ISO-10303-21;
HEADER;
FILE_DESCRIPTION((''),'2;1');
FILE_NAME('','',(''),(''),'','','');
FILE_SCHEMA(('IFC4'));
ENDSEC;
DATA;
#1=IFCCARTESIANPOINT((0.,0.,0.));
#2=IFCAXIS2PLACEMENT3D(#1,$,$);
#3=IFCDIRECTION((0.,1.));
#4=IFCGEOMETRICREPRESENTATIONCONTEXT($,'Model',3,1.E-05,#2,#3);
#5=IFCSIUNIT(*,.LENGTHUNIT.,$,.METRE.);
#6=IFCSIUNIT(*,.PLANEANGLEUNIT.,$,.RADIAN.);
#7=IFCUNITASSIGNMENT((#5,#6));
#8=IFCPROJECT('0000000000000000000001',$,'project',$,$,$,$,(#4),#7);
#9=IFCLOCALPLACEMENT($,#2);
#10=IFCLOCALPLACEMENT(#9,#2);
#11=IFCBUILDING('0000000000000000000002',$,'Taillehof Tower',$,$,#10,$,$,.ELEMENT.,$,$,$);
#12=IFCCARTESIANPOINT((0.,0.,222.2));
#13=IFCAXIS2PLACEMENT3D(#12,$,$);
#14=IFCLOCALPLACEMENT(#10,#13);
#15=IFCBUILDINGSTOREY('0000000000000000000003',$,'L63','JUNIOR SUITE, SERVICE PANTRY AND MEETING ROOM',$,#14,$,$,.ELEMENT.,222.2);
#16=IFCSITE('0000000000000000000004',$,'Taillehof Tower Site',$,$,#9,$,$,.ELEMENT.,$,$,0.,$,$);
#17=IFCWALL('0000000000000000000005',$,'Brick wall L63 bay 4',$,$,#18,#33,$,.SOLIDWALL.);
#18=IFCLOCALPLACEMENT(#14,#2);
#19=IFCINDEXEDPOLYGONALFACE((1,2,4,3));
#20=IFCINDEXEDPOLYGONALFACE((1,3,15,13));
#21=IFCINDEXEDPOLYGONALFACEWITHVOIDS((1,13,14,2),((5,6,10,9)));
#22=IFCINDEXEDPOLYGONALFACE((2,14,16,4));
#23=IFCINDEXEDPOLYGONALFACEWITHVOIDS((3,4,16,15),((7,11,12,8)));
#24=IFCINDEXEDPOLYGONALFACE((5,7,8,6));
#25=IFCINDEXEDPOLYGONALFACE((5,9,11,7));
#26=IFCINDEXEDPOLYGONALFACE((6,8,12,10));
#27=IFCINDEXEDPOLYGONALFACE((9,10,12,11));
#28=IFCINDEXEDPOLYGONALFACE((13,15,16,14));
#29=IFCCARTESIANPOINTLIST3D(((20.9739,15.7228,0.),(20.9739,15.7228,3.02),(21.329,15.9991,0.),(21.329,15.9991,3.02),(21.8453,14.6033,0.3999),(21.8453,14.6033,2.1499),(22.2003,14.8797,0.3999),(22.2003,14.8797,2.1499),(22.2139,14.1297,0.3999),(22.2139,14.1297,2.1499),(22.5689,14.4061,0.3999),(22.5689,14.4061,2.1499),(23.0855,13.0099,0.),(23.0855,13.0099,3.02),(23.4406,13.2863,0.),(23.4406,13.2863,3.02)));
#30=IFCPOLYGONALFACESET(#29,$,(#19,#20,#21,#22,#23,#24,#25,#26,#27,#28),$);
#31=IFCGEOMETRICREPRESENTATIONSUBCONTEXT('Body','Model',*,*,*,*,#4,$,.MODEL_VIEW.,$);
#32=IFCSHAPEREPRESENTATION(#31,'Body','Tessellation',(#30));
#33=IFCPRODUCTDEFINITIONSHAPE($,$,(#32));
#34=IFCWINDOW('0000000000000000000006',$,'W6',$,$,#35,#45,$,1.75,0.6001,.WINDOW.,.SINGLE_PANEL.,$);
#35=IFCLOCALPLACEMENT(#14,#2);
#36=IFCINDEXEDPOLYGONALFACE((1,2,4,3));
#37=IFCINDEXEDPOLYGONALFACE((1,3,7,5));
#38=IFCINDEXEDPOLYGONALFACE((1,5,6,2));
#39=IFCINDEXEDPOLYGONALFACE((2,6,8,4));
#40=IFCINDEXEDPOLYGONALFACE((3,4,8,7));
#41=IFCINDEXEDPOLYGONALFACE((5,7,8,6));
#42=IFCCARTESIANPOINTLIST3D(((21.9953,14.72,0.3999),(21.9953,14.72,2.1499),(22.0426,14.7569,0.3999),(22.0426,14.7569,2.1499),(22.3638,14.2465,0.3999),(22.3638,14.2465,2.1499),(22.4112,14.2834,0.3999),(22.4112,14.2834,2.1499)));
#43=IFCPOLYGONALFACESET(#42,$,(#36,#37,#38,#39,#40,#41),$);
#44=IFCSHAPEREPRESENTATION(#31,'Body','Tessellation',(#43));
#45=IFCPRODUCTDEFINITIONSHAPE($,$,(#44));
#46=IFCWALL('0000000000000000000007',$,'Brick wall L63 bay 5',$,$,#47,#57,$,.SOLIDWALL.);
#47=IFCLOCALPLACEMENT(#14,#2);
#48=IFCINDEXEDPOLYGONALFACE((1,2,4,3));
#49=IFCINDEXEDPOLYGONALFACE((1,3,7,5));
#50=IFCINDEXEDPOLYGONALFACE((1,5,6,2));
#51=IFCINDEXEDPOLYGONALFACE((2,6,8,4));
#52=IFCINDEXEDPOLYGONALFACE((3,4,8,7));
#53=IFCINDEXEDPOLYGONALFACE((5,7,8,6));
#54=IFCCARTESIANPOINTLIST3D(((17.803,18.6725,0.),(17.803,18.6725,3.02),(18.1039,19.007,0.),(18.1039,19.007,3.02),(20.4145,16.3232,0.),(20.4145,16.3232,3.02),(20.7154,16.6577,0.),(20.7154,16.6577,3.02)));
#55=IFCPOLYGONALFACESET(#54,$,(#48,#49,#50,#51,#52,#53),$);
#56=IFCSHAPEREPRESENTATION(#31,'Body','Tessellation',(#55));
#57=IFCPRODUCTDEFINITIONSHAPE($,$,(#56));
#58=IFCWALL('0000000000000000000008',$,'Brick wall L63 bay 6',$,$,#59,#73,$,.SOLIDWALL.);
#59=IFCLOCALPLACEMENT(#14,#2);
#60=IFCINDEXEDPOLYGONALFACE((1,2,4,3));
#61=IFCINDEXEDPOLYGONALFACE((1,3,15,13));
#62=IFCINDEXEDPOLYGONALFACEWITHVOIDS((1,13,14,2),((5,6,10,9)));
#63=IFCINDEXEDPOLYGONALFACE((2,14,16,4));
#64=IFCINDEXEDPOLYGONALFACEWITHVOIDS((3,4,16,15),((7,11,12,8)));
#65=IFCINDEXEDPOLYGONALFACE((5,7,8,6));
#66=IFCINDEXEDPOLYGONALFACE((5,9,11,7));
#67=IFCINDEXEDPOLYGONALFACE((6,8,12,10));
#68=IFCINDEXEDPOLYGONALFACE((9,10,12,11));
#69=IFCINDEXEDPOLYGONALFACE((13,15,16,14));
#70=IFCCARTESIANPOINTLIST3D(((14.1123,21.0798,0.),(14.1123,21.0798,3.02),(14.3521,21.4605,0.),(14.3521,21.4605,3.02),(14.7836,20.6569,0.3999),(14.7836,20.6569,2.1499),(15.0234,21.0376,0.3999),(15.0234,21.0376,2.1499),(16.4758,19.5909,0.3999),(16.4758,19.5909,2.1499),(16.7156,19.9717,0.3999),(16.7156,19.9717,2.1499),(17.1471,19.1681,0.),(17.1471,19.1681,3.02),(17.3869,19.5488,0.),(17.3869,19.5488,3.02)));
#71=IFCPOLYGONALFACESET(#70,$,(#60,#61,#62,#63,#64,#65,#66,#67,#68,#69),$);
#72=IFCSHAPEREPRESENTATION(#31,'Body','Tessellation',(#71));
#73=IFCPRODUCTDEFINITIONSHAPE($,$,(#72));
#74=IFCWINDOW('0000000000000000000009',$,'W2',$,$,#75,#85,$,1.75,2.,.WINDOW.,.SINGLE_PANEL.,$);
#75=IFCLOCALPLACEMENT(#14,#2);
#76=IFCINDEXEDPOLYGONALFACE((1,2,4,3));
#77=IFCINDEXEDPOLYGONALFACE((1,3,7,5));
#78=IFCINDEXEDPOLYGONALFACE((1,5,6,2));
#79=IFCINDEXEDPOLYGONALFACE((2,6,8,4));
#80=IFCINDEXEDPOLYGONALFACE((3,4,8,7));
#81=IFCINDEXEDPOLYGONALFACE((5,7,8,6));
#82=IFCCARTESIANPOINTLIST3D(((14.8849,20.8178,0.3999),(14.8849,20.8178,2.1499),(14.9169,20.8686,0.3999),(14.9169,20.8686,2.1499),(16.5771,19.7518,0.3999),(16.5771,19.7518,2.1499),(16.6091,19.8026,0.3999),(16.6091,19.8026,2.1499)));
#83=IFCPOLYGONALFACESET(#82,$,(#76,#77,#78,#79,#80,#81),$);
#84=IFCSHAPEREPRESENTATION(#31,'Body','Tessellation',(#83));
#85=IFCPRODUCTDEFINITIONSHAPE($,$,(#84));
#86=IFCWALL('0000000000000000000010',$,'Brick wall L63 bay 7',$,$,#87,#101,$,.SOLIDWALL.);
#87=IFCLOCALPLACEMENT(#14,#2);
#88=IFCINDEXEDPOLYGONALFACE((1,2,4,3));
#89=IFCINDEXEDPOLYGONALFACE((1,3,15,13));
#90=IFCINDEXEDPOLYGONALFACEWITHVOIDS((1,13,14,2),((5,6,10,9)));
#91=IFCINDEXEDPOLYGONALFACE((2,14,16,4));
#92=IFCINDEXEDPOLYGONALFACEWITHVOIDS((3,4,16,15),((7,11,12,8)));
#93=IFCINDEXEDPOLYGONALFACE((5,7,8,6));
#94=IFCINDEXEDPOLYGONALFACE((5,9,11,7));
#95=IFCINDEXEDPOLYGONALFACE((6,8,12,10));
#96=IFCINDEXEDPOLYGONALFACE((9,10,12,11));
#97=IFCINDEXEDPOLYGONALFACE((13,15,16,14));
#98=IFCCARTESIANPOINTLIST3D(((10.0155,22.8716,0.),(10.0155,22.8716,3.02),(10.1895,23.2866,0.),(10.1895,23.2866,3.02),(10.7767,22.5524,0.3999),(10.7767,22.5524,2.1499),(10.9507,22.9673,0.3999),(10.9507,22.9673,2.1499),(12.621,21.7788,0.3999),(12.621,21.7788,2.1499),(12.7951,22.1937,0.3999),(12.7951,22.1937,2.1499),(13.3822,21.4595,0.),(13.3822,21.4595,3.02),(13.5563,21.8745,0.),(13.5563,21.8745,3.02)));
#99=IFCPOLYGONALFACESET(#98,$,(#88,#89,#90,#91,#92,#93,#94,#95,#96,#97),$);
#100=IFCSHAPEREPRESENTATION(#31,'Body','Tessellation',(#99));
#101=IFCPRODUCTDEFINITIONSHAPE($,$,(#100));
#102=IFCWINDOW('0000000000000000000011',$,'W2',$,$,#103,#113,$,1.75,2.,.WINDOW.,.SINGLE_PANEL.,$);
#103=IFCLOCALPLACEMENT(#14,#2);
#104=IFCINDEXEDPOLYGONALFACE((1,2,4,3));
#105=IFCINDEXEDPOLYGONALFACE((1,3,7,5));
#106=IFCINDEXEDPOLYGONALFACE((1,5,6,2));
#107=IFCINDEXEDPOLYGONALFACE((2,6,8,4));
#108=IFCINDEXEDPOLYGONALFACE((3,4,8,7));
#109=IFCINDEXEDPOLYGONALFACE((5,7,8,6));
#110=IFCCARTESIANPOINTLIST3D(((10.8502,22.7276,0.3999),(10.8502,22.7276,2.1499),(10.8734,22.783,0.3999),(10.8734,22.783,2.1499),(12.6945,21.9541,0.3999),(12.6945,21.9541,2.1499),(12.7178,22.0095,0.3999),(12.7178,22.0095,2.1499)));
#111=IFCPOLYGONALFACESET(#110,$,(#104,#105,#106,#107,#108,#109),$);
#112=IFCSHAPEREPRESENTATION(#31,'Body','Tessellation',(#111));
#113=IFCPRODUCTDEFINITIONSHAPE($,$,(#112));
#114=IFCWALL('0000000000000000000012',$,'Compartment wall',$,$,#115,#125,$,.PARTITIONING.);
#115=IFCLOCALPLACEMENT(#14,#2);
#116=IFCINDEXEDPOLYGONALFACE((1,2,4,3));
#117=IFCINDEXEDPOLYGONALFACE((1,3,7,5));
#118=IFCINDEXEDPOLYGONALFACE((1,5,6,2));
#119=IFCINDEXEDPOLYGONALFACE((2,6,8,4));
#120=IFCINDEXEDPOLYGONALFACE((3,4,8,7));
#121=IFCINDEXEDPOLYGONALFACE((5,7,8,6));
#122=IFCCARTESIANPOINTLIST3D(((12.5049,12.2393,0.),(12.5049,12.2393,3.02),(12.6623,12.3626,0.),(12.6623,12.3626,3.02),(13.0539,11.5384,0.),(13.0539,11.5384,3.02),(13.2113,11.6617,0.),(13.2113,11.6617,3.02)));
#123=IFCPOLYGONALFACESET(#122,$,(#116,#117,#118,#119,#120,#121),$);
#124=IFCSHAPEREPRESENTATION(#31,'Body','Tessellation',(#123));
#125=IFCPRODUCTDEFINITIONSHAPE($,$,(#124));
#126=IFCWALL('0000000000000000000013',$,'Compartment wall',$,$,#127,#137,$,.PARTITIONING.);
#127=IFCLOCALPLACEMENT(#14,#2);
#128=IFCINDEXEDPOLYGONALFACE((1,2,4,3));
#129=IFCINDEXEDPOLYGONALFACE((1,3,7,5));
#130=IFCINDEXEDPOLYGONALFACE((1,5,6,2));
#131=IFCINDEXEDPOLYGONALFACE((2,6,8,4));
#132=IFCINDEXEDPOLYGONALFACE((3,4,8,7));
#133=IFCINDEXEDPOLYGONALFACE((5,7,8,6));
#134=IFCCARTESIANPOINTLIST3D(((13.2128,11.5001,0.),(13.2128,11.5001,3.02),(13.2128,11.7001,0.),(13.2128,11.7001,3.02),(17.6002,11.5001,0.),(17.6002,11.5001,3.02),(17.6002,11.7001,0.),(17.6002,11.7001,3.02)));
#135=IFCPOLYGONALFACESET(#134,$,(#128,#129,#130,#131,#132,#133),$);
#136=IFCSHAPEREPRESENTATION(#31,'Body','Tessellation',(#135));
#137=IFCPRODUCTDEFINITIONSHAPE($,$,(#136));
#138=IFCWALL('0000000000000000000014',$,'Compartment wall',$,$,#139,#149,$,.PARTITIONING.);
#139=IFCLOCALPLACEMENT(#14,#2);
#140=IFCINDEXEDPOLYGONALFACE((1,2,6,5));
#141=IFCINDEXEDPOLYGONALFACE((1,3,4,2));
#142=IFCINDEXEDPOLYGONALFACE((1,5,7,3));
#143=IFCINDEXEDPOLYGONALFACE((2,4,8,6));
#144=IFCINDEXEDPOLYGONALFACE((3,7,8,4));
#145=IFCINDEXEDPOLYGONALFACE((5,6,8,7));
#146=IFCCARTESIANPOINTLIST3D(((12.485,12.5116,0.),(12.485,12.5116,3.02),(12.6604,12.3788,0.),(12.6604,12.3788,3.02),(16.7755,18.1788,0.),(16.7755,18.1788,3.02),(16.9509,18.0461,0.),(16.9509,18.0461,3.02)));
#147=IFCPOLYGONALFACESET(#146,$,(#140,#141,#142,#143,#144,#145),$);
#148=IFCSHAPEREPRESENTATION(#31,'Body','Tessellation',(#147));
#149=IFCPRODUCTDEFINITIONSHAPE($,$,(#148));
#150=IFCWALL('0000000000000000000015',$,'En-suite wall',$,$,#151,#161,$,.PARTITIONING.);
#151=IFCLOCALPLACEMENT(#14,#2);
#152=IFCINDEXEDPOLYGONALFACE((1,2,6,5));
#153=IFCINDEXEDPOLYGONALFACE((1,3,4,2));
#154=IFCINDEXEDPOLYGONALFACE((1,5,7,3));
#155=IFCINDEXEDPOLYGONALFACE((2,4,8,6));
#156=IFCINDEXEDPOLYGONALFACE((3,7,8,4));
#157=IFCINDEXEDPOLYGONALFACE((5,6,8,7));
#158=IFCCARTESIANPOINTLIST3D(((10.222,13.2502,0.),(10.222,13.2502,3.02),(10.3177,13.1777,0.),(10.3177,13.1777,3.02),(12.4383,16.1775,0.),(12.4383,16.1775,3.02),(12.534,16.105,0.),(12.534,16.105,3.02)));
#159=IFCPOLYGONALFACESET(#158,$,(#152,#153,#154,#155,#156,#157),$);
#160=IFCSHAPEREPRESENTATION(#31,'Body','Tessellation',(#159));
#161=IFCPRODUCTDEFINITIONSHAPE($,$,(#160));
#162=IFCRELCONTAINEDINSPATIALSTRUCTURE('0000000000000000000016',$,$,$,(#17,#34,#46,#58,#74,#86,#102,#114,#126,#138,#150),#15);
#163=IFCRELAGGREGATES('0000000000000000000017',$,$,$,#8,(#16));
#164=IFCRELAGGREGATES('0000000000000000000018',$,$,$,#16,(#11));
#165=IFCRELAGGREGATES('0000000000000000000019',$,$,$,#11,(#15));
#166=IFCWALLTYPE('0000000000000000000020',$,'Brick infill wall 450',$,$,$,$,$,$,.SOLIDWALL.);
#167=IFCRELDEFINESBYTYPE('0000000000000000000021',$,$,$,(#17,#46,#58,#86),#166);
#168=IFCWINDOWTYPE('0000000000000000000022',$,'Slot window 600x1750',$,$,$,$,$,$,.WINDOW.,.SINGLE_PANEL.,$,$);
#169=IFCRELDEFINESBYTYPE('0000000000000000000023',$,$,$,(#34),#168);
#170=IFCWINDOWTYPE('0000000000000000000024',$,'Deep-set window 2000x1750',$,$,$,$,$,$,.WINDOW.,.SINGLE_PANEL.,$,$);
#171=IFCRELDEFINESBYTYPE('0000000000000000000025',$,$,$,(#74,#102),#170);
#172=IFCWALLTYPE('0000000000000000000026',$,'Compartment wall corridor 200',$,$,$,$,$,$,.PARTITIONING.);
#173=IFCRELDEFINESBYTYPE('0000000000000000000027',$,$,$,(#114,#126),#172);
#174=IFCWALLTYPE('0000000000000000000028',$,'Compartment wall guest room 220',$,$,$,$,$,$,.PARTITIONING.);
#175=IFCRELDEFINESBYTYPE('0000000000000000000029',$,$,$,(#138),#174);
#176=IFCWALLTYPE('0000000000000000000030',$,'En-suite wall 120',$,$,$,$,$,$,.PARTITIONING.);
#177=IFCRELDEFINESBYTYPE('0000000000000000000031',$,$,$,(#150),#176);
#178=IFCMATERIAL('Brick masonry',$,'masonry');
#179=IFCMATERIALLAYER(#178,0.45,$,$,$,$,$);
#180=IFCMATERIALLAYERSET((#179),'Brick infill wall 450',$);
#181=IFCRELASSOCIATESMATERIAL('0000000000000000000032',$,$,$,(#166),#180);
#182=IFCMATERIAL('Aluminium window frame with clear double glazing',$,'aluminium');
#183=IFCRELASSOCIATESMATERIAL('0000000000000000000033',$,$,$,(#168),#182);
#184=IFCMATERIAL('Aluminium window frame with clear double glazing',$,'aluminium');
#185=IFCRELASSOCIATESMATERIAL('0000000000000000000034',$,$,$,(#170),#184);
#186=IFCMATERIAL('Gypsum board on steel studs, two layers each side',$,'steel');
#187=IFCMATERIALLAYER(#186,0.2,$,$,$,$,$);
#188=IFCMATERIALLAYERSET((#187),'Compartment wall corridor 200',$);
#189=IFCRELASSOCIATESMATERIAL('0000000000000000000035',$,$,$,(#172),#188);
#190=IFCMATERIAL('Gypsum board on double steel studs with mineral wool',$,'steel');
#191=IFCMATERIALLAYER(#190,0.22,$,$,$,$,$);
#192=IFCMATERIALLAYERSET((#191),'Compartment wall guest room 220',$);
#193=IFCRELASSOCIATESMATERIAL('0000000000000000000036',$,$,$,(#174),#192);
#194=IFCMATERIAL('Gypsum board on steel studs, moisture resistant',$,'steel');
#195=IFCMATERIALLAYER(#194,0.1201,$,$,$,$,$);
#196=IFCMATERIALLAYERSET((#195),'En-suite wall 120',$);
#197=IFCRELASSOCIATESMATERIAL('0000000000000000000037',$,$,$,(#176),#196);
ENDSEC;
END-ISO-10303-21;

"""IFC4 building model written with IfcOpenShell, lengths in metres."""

from ifc_helpers import new_model, si_unit, direction, frame, frame_2d, origin, place, context, subcontext, project, spatial, rectangle, extrude, material, layer, layer_set, type_object, element, fill, save


model = new_model("IFC4")

# Units and contexts
model_context = context("Model", 3, precision=1e-05, world=origin(), true_north=direction((0.0, 1.0)))
body_context = subcontext(model_context, "Body", "Model", "MODEL_VIEW")
ifc_project = project(units=[si_unit("LENGTHUNIT", "METRE"), si_unit("PLANEANGLEUNIT", "RADIAN")], contexts=[model_context])

# Site, building, storey
site_placement = place(None, origin())
site = spatial("IfcSite", under=ifc_project, at=site_placement, Name="Taillehof Tower Site", CompositionType="ELEMENT", RefElevation=0.0)
building_placement = place(site_placement, origin())
building = spatial("IfcBuilding", under=site, at=building_placement, Name="Taillehof Tower", CompositionType="ELEMENT")
storey_placement = place(building_placement, frame((0.0, 0.0, 222.2)))
storey = spatial("IfcBuildingStorey", under=building, at=storey_placement, Name="L63", Description="JUNIOR SUITE, SERVICE PANTRY AND MEETING ROOM", CompositionType="ELEMENT", Elevation=222.2)

# Wall, opening, window
ifc_material_1 = material(Name="Brick masonry", Category="masonry")
ifc_layer_1 = layer(ifc_material_1, 0.45)
ifc_layer_set_1 = layer_set([ifc_layer_1], Name="Brick infill wall 450")
wall_type_1 = type_object("IfcWallType", Name="Brick infill wall 450", PredefinedType="SOLIDWALL", material=ifc_layer_set_1)
wall_1_placement = place(storey_placement, frame((23.2629, 13.1482, 0.0), z_axis=(0.0, 0.0, 1.0), x_axis=(-0.614221, 0.789134, 0.0)))
wall_1 = element("IfcWall", 1, at=wall_1_placement, inside=storey, type_object=wall_type_1, Name="Brick wall L63 bay 4", PredefinedType="SOLIDWALL", context=body_context, shape_type="SweptSolid", body=[
    extrude(rectangle(XDim=3.4377, YDim=0.45, at=frame_2d((1.7188, 0.0))), origin(), (0.0, 0.0, 1.0), 3.02),
])
opening_1_placement = place(wall_1_placement, frame((1.4189, 0.0, 0.3999)))
opening_1 = element("IfcOpeningElement", 2, at=opening_1_placement, cuts=wall_1, PredefinedType="OPENING", context=body_context, shape_type="SweptSolid", body=[
    extrude(rectangle(XDim=0.6001, YDim=1.75, at=frame_2d((0.3, 0.875))), frame((0.0, 0.2349, 0.0), z_axis=(0.0, -1.0, 0.0), x_axis=(1.0, 0.0, 0.0)), (0.0, 0.0, 1.0), 0.47),
])
ifc_material_2 = material(Name="Aluminium window frame with clear double glazing", Category="aluminium")
window_type_1 = type_object("IfcWindowType", Name="Slot window 600x1750", PartitioningType="SINGLE_PANEL", PredefinedType="WINDOW", material=ifc_material_2)
window_1_placement = place(opening_1_placement, origin())
window_1 = element("IfcWindow", 3, at=window_1_placement, inside=storey, type_object=window_type_1, Name="W6", OverallHeight=1.75, OverallWidth=0.6001, PartitioningType="SINGLE_PANEL", PredefinedType="WINDOW", context=body_context, shape_type="SweptSolid", body=[
    extrude(rectangle(XDim=0.6001, YDim=1.75, at=frame_2d((0.3, 0.875))), frame((0.0, 0.0349, 0.0), z_axis=(0.0, -1.0, 0.0), x_axis=(1.0, 0.0, 0.0)), (0.0, 0.0, 1.0), 0.0601),
])
fill(opening_1, window_1)

# Wall
wall_2_placement = place(storey_placement, frame((20.5649, 16.4905, 0.0), z_axis=(0.0, 0.0, 1.0), x_axis=(-0.743443, 0.6688, 0.0)))
element("IfcWall", 4, at=wall_2_placement, inside=storey, type_object=wall_type_1, Name="Brick wall L63 bay 5", PredefinedType="SOLIDWALL", context=body_context, shape_type="SweptSolid", body=[
    extrude(rectangle(XDim=3.5127, YDim=0.45, at=frame_2d((1.7563, 0.0))), origin(), (0.0, 0.0, 1.0), 3.02),
])

# Walls, openings, windows
wall_3_placement = place(storey_placement, frame((17.2671, 19.3584, 0.0), z_axis=(0.0, 0.0, 1.0), x_axis=(-0.846119, 0.532994, 0.0)))
wall_3 = element("IfcWall", 5, at=wall_3_placement, inside=storey, type_object=wall_type_1, Name="Brick wall L63 bay 6", PredefinedType="SOLIDWALL", context=body_context, shape_type="SweptSolid", body=[
    extrude(rectangle(XDim=3.5867, YDim=0.45, at=frame_2d((1.7935, 0.0))), origin(), (0.0, 0.0, 1.0), 3.02),
])
opening_2_placement = place(wall_3_placement, frame((0.7935, 0.0, 0.3999)))
opening_2 = element("IfcOpeningElement", 6, at=opening_2_placement, cuts=wall_3, PredefinedType="OPENING", context=body_context, shape_type="SweptSolid", body=[
    extrude(rectangle(XDim=2.0, YDim=1.75, at=frame_2d((1.0, 0.875))), frame((0.0, 0.2349, 0.0), z_axis=(0.0, -1.0, 0.0), x_axis=(1.0, 0.0, 0.0)), (0.0, 0.0, 1.0), 0.47),
])
ifc_material_3 = material(Name="Aluminium window frame with clear double glazing", Category="aluminium")
window_type_2 = type_object("IfcWindowType", Name="Deep-set window 2000x1750", PartitioningType="SINGLE_PANEL", PredefinedType="WINDOW", material=ifc_material_3)
window_2_placement = place(opening_2_placement, origin())
window_2 = element("IfcWindow", 7, at=window_2_placement, inside=storey, type_object=window_type_2, Name="W2", OverallHeight=1.75, OverallWidth=2.0, PartitioningType="SINGLE_PANEL", PredefinedType="WINDOW", context=body_context, shape_type="SweptSolid", body=[
    extrude(rectangle(XDim=2.0, YDim=1.75, at=frame_2d((1.0, 0.875))), frame((0.0, 0.0349, 0.0), z_axis=(0.0, -1.0, 0.0), x_axis=(1.0, 0.0, 0.0)), (0.0, 0.0, 1.0), 0.0601),
])
fill(opening_2, window_2)
wall_4_placement = place(storey_placement, frame((13.4692, 21.667, 0.0), z_axis=(0.0, 0.0, 1.0), x_axis=(-0.922168, 0.386789, 0.0)))
wall_4 = element("IfcWall", 8, at=wall_4_placement, inside=storey, type_object=wall_type_1, Name="Brick wall L63 bay 7", PredefinedType="SOLIDWALL", context=body_context, shape_type="SweptSolid", body=[
    extrude(rectangle(XDim=3.6509, YDim=0.45, at=frame_2d((1.8254, 0.0))), origin(), (0.0, 0.0, 1.0), 3.02),
])
opening_3_placement = place(wall_4_placement, frame((0.8254, 0.0, 0.3999)))
opening_3 = element("IfcOpeningElement", 9, at=opening_3_placement, cuts=wall_4, PredefinedType="OPENING", context=body_context, shape_type="SweptSolid", body=[
    extrude(rectangle(XDim=2.0, YDim=1.75, at=frame_2d((1.0, 0.875))), frame((0.0, 0.2349, 0.0), z_axis=(0.0, -1.0, 0.0), x_axis=(1.0, 0.0, 0.0)), (0.0, 0.0, 1.0), 0.47),
])
window_3_placement = place(opening_3_placement, origin())
window_3 = element("IfcWindow", 10, at=window_3_placement, inside=storey, type_object=window_type_2, Name="W2", OverallHeight=1.75, OverallWidth=2.0, PartitioningType="SINGLE_PANEL", PredefinedType="WINDOW", context=body_context, shape_type="SweptSolid", body=[
    extrude(rectangle(XDim=2.0, YDim=1.75, at=frame_2d((1.0, 0.875))), frame((0.0, 0.0349, 0.0), z_axis=(0.0, -1.0, 0.0), x_axis=(1.0, 0.0, 0.0)), (0.0, 0.0, 1.0), 0.0601),
])
fill(opening_3, window_3)

# Walls
ifc_material_4 = material(Name="Gypsum board on steel studs, two layers each side", Category="steel")
ifc_layer_2 = layer(ifc_material_4, 0.2)
ifc_layer_set_2 = layer_set([ifc_layer_2], Name="Compartment wall corridor 200")
wall_type_2 = type_object("IfcWallType", Name="Compartment wall corridor 200", PredefinedType="PARTITIONING", material=ifc_layer_set_2)
wall_5_placement = place(storey_placement, frame((12.5835, 12.301, 0.0), z_axis=(0.0, 0.0, 1.0), x_axis=(0.61667, -0.787221, 0.0)))
element("IfcWall", 11, at=wall_5_placement, inside=storey, type_object=wall_type_2, Name="Compartment wall", PredefinedType="PARTITIONING", context=body_context, shape_type="SweptSolid", body=[
    extrude(rectangle(XDim=0.8904, YDim=0.2, at=frame_2d((0.4453, 0.0))), origin(), (0.0, 0.0, 1.0), 3.02),
])
wall_6_placement = place(storey_placement, frame((13.2126, 11.6001, 0.0), z_axis=(0.0, 0.0, 1.0), x_axis=(1.0, 0.0, 0.0)))
element("IfcWall", 12, at=wall_6_placement, inside=storey, type_object=wall_type_2, Name="Compartment wall", PredefinedType="PARTITIONING", context=body_context, shape_type="SweptSolid", body=[
    extrude(rectangle(XDim=4.3875, YDim=0.2, at=frame_2d((2.1938, 0.0))), origin(), (0.0, 0.0, 1.0), 3.02),
])
ifc_material_5 = material(Name="Gypsum board on double steel studs with mineral wool", Category="steel")
ifc_layer_3 = layer(ifc_material_5, 0.22)
ifc_layer_set_3 = layer_set([ifc_layer_3], Name="Compartment wall guest room 220")
wall_type_3 = type_object("IfcWallType", Name="Compartment wall guest room 220", PredefinedType="PARTITIONING", material=ifc_layer_set_3)
wall_7_placement = place(storey_placement, frame((16.8633, 18.1125, 0.0), z_axis=(0.0, 0.0, 1.0), x_axis=(-0.603604, -0.797284, 0.0)))
element("IfcWall", 13, at=wall_7_placement, inside=storey, type_object=wall_type_3, Name="Compartment wall", PredefinedType="PARTITIONING", context=body_context, shape_type="SweptSolid", body=[
    extrude(rectangle(XDim=7.1082, YDim=0.22, at=frame_2d((3.5542, 0.0))), origin(), (0.0, 0.0, 1.0), 3.02),
])
ifc_material_6 = material(Name="Gypsum board on steel studs, moisture resistant", Category="steel")
ifc_layer_4 = layer(ifc_material_6, 0.1201)
ifc_layer_set_4 = layer_set([ifc_layer_4], Name="En-suite wall 120")
wall_type_4 = type_object("IfcWallType", Name="En-suite wall 120", PredefinedType="PARTITIONING", material=ifc_layer_set_4)
wall_8_placement = place(storey_placement, frame((10.2698, 13.2139, 0.0), z_axis=(0.0, 0.0, 1.0), x_axis=(0.603632, 0.797263, 0.0)))
element("IfcWall", 14, at=wall_8_placement, inside=storey, type_object=wall_type_4, Name="En-suite wall", PredefinedType="PARTITIONING", context=body_context, shape_type="SweptSolid", body=[
    extrude(rectangle(XDim=3.6716, YDim=0.1201, at=frame_2d((1.8359, 0.0))), origin(), (0.0, 0.0, 1.0), 3.02),
])

save(model, "model.ifc")
